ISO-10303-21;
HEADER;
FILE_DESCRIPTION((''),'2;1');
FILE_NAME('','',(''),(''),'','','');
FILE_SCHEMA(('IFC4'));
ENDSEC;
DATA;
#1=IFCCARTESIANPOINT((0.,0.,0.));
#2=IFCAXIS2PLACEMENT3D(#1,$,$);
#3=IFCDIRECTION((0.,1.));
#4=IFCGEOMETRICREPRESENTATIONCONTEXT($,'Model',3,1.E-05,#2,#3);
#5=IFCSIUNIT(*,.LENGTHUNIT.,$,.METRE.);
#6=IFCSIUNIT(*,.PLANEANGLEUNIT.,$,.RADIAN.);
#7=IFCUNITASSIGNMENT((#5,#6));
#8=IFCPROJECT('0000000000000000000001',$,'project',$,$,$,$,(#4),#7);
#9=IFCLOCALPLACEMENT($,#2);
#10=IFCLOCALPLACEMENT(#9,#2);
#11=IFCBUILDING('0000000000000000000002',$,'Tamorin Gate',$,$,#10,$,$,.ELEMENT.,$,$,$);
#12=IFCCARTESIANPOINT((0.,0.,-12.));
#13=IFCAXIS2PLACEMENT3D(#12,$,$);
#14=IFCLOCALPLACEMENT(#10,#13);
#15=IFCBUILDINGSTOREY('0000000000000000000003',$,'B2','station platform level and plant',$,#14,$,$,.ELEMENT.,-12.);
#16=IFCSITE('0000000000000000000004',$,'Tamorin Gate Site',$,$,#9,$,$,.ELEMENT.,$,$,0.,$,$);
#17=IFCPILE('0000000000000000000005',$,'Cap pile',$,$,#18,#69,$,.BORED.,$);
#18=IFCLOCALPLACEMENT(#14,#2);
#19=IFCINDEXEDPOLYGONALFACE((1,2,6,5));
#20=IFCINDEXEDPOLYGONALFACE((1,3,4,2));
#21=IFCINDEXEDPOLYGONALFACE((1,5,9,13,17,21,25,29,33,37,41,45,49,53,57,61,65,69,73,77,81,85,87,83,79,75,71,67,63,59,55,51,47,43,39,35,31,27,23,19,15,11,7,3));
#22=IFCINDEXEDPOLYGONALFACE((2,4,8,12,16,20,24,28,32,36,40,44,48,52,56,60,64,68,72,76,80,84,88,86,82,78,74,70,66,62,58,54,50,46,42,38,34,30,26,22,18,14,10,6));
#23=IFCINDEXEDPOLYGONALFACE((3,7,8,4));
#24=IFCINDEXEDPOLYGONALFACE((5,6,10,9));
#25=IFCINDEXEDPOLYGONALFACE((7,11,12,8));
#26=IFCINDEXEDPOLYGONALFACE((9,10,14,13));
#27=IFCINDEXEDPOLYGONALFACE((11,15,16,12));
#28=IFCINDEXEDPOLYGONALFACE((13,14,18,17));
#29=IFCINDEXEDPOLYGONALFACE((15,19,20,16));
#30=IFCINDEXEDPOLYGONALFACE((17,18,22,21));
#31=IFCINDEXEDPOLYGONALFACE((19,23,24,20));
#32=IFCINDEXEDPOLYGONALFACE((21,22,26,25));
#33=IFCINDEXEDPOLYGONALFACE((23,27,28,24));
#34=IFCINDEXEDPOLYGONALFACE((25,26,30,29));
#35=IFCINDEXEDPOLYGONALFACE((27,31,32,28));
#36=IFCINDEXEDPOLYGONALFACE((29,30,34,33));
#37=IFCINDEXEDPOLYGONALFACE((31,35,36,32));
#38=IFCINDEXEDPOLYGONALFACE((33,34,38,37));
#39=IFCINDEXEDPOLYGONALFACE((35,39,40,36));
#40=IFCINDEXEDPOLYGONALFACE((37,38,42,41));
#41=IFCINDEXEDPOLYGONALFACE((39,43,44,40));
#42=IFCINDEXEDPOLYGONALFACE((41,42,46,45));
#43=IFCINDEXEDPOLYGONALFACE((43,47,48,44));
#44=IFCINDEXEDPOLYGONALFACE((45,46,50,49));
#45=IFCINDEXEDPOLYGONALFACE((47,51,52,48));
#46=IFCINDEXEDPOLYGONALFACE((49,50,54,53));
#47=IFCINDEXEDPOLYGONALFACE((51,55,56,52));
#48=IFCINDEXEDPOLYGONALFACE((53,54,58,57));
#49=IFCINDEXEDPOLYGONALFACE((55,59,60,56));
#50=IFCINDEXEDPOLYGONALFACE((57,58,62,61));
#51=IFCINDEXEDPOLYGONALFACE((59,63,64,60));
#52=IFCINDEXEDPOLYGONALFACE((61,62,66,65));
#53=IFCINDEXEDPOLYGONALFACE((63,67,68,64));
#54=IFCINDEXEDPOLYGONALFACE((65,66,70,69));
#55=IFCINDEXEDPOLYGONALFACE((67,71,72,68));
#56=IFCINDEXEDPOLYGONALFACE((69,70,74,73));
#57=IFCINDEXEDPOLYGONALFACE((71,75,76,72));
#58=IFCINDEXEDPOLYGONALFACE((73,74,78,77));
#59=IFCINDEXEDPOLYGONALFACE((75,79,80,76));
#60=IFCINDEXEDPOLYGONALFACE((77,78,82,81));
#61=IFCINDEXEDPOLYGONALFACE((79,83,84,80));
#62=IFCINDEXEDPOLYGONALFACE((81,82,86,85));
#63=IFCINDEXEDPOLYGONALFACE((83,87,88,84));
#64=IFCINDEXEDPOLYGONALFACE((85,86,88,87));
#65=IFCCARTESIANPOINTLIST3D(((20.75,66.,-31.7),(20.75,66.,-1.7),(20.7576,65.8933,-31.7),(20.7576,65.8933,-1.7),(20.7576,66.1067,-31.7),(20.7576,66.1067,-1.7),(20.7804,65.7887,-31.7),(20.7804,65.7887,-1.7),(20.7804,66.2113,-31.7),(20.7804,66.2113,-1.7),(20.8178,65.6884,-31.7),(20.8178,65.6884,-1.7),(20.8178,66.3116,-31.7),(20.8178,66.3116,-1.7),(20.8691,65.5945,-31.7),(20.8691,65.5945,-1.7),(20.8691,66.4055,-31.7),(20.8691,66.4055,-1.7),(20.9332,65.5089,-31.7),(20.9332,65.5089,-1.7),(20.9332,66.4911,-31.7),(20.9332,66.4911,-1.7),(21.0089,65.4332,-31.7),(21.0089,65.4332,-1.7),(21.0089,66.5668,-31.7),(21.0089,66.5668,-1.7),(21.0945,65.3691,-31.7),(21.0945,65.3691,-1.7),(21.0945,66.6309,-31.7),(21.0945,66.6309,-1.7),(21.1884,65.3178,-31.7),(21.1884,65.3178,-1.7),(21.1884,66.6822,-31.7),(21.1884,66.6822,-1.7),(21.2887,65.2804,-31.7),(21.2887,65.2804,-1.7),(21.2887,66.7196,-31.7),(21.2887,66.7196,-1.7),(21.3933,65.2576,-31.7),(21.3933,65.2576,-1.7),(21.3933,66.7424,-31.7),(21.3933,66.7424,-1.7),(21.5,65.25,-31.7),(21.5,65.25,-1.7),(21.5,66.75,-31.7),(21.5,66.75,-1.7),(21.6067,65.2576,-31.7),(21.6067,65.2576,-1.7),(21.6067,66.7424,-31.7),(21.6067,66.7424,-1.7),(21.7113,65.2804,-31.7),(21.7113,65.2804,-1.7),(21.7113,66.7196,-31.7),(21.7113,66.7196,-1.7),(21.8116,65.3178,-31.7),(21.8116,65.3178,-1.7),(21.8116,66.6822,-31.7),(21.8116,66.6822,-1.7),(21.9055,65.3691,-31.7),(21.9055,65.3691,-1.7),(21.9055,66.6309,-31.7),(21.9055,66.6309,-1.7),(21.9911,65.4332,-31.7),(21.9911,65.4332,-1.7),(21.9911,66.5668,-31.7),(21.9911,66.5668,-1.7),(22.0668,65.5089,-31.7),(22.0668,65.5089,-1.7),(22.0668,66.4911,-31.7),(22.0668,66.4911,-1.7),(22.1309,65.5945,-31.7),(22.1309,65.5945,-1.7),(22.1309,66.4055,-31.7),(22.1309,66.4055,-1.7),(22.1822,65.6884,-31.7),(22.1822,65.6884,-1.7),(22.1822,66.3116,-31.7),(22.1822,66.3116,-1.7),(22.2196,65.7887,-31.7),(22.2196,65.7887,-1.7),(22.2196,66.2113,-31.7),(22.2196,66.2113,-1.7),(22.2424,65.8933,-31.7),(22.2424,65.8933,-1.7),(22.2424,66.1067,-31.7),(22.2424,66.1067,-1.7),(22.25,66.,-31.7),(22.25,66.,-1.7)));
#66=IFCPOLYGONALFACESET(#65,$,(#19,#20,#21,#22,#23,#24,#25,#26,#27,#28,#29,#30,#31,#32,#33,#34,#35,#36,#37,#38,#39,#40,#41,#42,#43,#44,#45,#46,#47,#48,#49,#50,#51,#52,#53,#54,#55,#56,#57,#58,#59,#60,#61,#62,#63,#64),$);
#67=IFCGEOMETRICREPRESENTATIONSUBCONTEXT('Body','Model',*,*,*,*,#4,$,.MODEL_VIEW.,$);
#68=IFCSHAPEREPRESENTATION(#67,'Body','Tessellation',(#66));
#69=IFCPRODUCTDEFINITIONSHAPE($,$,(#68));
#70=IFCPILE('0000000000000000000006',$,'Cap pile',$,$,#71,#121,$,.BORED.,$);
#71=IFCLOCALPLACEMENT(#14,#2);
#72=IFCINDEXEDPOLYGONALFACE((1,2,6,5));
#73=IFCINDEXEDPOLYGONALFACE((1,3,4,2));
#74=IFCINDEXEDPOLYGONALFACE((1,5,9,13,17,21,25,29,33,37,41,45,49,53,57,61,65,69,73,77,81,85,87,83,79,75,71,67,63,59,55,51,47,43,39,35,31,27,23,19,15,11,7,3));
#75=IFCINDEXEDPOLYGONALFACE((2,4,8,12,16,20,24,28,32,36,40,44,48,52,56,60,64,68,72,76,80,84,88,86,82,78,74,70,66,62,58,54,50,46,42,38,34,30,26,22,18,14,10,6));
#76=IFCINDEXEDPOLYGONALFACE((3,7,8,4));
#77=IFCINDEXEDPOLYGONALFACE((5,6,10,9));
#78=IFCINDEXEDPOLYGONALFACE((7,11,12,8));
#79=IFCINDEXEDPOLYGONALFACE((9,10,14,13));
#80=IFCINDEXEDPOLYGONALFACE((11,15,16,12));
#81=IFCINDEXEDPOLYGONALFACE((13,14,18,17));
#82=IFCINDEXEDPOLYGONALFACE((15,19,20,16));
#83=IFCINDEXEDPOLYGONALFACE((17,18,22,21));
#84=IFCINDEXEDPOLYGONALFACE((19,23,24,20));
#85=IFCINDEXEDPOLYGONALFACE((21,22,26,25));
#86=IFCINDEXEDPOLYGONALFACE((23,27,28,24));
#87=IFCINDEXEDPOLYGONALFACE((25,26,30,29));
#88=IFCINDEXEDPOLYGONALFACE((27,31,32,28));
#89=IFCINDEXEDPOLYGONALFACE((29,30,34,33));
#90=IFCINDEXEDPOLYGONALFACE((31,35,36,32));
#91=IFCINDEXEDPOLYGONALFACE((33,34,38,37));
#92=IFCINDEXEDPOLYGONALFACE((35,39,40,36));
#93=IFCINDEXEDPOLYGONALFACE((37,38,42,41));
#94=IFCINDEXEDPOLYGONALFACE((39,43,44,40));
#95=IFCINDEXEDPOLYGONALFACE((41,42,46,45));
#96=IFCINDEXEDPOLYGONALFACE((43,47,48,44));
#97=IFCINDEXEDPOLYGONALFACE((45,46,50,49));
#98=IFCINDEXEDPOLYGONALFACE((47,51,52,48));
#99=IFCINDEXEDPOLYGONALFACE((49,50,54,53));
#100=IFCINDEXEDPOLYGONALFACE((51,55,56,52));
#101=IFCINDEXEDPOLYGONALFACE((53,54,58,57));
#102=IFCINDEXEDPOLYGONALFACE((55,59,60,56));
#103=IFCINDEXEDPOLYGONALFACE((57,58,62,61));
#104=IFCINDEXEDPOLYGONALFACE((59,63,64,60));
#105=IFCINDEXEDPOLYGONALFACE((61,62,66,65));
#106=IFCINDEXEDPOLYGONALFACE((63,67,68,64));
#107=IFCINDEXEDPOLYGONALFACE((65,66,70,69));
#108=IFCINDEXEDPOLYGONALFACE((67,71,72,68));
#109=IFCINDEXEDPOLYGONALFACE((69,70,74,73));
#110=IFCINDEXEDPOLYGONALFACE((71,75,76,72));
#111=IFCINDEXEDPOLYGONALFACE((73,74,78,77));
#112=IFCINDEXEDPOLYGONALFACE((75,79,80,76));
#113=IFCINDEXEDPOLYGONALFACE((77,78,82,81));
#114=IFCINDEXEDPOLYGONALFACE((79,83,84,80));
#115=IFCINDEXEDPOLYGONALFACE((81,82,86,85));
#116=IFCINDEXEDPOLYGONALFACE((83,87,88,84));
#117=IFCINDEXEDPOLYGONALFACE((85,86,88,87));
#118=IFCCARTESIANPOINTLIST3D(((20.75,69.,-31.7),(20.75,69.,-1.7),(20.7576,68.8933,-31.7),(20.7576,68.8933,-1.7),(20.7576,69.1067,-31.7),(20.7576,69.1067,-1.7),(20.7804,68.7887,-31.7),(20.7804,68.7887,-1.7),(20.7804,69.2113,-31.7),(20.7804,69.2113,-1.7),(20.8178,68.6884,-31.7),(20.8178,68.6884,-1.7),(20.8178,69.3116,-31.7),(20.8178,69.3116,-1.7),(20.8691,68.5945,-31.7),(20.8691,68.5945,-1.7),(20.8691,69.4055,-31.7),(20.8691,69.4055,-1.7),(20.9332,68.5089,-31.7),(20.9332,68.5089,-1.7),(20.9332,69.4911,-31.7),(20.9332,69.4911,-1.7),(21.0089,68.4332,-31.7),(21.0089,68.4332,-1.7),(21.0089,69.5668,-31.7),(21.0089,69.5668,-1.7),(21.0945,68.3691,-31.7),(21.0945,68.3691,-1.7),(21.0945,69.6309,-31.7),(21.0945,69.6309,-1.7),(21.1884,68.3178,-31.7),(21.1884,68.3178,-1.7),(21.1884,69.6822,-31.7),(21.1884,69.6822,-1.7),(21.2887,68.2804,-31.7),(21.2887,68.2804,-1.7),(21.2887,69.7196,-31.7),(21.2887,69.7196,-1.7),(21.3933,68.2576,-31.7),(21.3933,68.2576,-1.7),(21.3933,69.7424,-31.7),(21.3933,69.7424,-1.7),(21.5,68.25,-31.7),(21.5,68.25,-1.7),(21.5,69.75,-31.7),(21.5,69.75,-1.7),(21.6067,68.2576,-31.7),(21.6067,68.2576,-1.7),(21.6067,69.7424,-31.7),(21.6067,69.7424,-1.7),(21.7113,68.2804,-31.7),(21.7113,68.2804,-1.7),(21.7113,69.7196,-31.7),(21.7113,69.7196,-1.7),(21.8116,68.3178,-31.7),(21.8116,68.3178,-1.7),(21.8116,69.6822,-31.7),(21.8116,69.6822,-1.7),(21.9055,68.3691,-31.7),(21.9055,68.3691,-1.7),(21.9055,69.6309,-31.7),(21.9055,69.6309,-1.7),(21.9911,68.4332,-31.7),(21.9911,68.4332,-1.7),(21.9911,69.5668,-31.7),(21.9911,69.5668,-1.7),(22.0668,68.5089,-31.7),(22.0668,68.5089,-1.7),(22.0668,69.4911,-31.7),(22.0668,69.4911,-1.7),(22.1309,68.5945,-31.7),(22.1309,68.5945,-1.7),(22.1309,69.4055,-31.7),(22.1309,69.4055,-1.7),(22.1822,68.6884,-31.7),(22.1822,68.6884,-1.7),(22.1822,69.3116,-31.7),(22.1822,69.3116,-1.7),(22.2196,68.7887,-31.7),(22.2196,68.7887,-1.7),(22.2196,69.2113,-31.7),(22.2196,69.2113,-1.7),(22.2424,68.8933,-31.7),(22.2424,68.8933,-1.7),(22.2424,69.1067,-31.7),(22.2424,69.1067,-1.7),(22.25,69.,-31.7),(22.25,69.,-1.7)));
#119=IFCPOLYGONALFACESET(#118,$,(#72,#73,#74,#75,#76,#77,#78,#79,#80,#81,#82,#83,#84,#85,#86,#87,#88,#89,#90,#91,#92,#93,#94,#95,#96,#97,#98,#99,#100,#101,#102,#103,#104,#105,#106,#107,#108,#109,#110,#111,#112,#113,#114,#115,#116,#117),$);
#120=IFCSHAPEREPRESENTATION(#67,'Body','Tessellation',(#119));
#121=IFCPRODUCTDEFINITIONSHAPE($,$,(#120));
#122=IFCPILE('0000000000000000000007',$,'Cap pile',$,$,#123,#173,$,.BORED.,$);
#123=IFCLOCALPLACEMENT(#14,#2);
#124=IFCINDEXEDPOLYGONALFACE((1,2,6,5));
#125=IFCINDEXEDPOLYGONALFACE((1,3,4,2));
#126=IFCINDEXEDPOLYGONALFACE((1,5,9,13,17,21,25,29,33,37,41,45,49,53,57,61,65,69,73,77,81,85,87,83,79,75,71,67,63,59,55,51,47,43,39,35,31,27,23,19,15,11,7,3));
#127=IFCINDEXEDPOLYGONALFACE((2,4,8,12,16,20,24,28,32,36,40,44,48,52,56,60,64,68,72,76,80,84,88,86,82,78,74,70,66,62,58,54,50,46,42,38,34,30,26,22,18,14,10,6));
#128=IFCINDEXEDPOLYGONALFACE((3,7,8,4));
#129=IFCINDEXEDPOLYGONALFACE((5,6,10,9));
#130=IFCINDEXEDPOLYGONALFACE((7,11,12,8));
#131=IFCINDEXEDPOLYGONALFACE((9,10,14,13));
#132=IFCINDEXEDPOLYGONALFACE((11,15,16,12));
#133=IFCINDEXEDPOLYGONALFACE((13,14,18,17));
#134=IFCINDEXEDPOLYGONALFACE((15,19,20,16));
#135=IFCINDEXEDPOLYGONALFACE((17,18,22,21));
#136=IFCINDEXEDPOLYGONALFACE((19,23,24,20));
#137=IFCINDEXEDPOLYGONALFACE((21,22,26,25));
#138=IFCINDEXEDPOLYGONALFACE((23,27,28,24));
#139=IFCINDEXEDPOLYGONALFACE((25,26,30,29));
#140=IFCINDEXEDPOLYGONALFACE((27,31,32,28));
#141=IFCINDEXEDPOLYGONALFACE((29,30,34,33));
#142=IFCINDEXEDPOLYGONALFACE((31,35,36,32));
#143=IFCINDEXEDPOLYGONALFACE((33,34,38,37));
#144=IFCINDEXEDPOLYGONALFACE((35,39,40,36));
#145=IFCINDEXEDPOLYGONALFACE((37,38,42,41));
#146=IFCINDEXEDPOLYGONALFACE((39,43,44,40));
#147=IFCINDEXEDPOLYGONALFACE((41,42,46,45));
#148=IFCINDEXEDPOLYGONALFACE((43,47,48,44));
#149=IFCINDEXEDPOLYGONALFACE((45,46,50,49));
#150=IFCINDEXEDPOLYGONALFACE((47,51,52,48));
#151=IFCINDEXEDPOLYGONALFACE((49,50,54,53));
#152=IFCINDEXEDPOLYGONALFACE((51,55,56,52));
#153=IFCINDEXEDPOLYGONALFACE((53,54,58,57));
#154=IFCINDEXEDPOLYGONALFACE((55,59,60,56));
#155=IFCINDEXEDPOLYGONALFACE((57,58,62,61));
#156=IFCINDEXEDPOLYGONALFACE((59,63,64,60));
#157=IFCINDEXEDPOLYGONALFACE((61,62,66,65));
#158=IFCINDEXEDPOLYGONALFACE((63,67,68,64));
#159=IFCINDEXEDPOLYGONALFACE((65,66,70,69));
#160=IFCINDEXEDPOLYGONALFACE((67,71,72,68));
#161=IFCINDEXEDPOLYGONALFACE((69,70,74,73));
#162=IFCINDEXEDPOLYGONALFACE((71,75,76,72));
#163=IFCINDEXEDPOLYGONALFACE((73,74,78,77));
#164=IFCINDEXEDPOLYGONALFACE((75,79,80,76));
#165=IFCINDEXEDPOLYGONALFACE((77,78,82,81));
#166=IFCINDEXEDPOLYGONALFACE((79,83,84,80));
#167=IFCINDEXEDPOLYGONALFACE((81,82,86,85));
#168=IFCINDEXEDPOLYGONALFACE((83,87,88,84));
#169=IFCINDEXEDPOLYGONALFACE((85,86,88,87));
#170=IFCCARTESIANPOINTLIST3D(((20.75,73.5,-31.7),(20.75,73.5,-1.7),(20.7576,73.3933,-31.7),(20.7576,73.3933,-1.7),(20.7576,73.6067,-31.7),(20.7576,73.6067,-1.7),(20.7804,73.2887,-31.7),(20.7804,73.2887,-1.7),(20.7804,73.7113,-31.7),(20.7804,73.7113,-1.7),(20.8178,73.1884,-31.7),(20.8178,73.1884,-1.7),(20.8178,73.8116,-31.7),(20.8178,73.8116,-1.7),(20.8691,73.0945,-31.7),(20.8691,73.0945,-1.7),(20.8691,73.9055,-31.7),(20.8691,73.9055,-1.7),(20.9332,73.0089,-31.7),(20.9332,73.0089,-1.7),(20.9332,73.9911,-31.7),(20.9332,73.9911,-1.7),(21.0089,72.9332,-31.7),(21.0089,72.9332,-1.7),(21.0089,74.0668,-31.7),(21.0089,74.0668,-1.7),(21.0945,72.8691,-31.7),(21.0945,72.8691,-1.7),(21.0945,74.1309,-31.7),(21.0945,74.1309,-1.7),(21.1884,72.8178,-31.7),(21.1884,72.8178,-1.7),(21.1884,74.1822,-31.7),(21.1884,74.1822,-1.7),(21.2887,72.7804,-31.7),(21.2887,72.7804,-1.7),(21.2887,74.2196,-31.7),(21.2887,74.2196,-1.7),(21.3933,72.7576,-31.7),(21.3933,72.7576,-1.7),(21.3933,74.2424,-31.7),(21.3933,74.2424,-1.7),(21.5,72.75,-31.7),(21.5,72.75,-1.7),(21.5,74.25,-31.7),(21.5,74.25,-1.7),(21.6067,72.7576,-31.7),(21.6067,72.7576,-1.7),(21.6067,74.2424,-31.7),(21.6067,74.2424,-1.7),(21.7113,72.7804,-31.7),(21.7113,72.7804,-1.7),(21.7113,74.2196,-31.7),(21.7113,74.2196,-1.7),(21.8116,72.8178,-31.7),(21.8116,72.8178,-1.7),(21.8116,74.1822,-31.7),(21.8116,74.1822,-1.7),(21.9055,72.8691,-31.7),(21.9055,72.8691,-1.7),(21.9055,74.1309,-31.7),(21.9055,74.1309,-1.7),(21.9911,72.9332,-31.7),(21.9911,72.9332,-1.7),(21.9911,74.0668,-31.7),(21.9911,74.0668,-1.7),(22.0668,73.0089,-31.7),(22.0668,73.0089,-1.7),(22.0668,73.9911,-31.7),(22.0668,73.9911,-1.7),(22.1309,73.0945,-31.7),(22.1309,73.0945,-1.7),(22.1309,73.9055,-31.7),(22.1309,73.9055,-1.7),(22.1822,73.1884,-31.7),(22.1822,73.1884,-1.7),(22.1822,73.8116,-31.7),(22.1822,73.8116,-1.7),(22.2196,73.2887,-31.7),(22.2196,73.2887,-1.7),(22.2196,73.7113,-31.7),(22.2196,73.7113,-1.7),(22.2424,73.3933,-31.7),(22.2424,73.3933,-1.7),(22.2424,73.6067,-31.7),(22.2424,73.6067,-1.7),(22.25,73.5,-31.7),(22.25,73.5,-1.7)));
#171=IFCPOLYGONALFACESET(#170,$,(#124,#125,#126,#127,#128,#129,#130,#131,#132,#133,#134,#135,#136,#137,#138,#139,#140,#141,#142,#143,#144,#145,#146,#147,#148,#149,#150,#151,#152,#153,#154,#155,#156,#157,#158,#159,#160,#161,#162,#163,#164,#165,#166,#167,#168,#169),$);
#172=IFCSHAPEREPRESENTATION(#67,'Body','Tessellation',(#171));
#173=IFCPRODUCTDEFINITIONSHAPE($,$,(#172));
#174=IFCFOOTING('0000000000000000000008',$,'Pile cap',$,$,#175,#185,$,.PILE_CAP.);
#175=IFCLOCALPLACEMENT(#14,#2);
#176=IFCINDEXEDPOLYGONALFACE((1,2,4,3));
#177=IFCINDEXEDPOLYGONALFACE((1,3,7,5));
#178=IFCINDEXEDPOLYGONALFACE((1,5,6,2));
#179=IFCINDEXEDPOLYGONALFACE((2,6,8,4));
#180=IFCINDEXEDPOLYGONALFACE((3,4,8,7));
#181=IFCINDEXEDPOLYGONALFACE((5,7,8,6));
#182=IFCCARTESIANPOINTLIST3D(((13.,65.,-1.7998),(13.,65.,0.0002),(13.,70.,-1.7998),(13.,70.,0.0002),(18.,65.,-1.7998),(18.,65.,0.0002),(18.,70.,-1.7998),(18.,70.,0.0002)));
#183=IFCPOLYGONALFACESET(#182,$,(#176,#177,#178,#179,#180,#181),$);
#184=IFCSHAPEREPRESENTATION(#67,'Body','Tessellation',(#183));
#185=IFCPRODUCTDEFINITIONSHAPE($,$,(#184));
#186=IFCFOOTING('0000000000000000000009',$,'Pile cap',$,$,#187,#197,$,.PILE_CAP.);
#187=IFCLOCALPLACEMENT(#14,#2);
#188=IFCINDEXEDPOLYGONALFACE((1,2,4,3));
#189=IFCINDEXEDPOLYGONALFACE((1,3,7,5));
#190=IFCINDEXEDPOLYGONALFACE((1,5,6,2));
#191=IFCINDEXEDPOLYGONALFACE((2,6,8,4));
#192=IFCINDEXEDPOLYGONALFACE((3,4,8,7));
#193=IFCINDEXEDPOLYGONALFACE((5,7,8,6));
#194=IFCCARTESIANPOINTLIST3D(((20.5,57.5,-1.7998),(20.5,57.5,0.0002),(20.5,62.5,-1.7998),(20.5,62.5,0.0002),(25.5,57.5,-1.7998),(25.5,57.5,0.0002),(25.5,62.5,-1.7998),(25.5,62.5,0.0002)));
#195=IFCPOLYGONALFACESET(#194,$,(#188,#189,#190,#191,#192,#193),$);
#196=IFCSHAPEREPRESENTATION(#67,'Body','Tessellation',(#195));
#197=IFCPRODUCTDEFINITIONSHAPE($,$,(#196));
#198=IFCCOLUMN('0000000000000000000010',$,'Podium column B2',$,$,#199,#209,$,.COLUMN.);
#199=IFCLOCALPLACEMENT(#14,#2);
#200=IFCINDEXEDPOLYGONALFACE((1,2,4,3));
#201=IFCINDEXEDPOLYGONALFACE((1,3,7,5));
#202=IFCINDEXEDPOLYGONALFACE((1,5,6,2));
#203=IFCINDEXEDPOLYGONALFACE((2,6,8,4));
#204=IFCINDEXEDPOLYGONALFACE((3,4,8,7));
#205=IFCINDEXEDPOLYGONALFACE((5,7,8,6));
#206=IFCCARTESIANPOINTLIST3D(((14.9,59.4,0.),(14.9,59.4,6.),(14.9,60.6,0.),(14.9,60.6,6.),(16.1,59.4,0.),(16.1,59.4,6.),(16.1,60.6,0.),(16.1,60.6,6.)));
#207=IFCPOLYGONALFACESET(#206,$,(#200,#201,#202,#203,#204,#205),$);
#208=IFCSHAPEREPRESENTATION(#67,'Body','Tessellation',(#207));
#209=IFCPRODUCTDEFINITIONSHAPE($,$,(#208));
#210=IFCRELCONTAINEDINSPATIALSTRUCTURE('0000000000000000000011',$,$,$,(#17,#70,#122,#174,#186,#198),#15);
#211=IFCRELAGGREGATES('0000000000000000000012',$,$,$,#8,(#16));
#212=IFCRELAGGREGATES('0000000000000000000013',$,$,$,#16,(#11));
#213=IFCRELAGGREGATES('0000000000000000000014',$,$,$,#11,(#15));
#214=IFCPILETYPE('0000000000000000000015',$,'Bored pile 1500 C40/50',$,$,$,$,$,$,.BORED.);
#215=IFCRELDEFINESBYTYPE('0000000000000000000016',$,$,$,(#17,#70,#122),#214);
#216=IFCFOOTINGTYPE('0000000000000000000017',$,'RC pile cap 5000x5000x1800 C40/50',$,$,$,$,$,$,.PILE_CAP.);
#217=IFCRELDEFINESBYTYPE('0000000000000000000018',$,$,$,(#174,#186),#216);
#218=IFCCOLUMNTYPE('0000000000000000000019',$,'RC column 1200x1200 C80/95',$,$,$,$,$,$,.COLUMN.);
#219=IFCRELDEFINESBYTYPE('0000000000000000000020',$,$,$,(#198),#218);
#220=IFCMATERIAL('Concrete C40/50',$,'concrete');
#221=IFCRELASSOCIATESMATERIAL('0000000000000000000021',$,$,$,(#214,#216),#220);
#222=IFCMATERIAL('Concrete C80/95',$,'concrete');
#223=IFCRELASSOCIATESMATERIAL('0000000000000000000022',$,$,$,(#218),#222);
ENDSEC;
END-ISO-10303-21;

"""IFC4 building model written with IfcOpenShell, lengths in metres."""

from ifc_helpers import new_model, si_unit, direction, frame, origin, origin_2d, place, context, subcontext, project, spatial, rectangle, circle, extrude, material, material_profile, profile_set, type_object, element, save


model = new_model("IFC4")

# Units and contexts
model_context = context("Model", 3, precision=1e-05, world=origin(), true_north=direction((0.0, 1.0)))
body_context = subcontext(model_context, "Body", "Model", "MODEL_VIEW")
ifc_project = project(units=[si_unit("LENGTHUNIT", "METRE"), si_unit("PLANEANGLEUNIT", "RADIAN")], contexts=[model_context])

# Site, building, storey
site_placement = place(None, origin())
site = spatial("IfcSite", under=ifc_project, at=site_placement, Name="Tamorin Gate Site", CompositionType="ELEMENT", RefElevation=0.0)
building_placement = place(site_placement, origin())
building = spatial("IfcBuilding", under=site, at=building_placement, Name="Tamorin Gate", CompositionType="ELEMENT")
storey_placement = place(building_placement, frame((0.0, 0.0, -12.0)))
storey = spatial("IfcBuildingStorey", under=building, at=storey_placement, Name="B2", Description="station platform level and plant", CompositionType="ELEMENT", Elevation=-12.0)

# Piles
ifc_material_1 = material(Name="Concrete C40/50", Category="concrete")
ifc_material_profile_1 = material_profile(ifc_material_1, circle(Radius=0.75, at=origin_2d()))
ifc_profile_set_1 = profile_set([ifc_material_profile_1], Name="Concrete C40/50")
pile_type = type_object("IfcPileType", Name="Bored pile 1500 C40/50", PredefinedType="BORED", material=ifc_profile_set_1)
for number, where, z_axis, x_axis, name in (
    (1, (21.5, 66.0, -1.7), (0.0, 0.0, -1.0), (1.0, 0.0, 0.0), "Cap pile"),
    (2, (21.5, 69.0, -1.7), (0.0, 0.0, -1.0), (1.0, 0.0, 0.0), "Cap pile"),
    (3, (21.5, 73.5, -1.7), (0.0, 0.0, -1.0), (1.0, 0.0, 0.0), "Cap pile"),
):
    element("IfcPile", number, at=place(storey_placement, frame(where, z_axis=z_axis, x_axis=x_axis)), inside=storey, type_object=pile_type, Name=name, PredefinedType="BORED", context=body_context, shape_type="SweptSolid", body=[
        extrude(circle(Radius=0.75, at=origin_2d()), origin(), (0.0, 0.0, 1.0), 30.0),
    ])

# Footings
footing_type = type_object("IfcFootingType", Name="RC pile cap 5000x5000x1800 C40/50", PredefinedType="PILE_CAP", material=ifc_material_1)
for number, where, z_axis, x_axis, name in (
    (4, (15.5, 67.5, -1.7998), (0.0, 0.0, 1.0), (1.0, 0.0, 0.0), "Pile cap"),
    (5, (23.0, 60.0, -1.7998), (0.0, 0.0, 1.0), (1.0, 0.0, 0.0), "Pile cap"),
):
    element("IfcFooting", number, at=place(storey_placement, frame(where, z_axis=z_axis, x_axis=x_axis)), inside=storey, type_object=footing_type, Name=name, PredefinedType="PILE_CAP", context=body_context, shape_type="SweptSolid", body=[
        extrude(rectangle(XDim=5.0, YDim=5.0, at=origin_2d()), origin(), (0.0, 0.0, 1.0), 1.8),
    ])

# Column
ifc_material_2 = material(Name="Concrete C80/95", Category="concrete")
ifc_material_profile_2 = material_profile(ifc_material_2, rectangle(XDim=1.2, YDim=1.2, at=origin_2d()), Name="RC 1200x1200")
ifc_profile_set_2 = profile_set([ifc_material_profile_2], Name="Concrete C80/95")
column_type = type_object("IfcColumnType", Name="RC column 1200x1200 C80/95", PredefinedType="COLUMN", material=ifc_profile_set_2)
for number, where, z_axis, x_axis, name in (
    (6, (15.5, 60.0, 0.0), (0.0, 0.0, 1.0), (1.0, 0.0, 0.0), "Podium column B2"),
):
    element("IfcColumn", number, at=place(storey_placement, frame(where, z_axis=z_axis, x_axis=x_axis)), inside=storey, type_object=column_type, Name=name, PredefinedType="COLUMN", context=body_context, shape_type="SweptSolid", body=[
        extrude(rectangle(XDim=1.2, YDim=1.2, at=origin_2d()), origin(), (0.0, 0.0, 1.0), 6.0),
    ])

save(model, "model.ifc")
